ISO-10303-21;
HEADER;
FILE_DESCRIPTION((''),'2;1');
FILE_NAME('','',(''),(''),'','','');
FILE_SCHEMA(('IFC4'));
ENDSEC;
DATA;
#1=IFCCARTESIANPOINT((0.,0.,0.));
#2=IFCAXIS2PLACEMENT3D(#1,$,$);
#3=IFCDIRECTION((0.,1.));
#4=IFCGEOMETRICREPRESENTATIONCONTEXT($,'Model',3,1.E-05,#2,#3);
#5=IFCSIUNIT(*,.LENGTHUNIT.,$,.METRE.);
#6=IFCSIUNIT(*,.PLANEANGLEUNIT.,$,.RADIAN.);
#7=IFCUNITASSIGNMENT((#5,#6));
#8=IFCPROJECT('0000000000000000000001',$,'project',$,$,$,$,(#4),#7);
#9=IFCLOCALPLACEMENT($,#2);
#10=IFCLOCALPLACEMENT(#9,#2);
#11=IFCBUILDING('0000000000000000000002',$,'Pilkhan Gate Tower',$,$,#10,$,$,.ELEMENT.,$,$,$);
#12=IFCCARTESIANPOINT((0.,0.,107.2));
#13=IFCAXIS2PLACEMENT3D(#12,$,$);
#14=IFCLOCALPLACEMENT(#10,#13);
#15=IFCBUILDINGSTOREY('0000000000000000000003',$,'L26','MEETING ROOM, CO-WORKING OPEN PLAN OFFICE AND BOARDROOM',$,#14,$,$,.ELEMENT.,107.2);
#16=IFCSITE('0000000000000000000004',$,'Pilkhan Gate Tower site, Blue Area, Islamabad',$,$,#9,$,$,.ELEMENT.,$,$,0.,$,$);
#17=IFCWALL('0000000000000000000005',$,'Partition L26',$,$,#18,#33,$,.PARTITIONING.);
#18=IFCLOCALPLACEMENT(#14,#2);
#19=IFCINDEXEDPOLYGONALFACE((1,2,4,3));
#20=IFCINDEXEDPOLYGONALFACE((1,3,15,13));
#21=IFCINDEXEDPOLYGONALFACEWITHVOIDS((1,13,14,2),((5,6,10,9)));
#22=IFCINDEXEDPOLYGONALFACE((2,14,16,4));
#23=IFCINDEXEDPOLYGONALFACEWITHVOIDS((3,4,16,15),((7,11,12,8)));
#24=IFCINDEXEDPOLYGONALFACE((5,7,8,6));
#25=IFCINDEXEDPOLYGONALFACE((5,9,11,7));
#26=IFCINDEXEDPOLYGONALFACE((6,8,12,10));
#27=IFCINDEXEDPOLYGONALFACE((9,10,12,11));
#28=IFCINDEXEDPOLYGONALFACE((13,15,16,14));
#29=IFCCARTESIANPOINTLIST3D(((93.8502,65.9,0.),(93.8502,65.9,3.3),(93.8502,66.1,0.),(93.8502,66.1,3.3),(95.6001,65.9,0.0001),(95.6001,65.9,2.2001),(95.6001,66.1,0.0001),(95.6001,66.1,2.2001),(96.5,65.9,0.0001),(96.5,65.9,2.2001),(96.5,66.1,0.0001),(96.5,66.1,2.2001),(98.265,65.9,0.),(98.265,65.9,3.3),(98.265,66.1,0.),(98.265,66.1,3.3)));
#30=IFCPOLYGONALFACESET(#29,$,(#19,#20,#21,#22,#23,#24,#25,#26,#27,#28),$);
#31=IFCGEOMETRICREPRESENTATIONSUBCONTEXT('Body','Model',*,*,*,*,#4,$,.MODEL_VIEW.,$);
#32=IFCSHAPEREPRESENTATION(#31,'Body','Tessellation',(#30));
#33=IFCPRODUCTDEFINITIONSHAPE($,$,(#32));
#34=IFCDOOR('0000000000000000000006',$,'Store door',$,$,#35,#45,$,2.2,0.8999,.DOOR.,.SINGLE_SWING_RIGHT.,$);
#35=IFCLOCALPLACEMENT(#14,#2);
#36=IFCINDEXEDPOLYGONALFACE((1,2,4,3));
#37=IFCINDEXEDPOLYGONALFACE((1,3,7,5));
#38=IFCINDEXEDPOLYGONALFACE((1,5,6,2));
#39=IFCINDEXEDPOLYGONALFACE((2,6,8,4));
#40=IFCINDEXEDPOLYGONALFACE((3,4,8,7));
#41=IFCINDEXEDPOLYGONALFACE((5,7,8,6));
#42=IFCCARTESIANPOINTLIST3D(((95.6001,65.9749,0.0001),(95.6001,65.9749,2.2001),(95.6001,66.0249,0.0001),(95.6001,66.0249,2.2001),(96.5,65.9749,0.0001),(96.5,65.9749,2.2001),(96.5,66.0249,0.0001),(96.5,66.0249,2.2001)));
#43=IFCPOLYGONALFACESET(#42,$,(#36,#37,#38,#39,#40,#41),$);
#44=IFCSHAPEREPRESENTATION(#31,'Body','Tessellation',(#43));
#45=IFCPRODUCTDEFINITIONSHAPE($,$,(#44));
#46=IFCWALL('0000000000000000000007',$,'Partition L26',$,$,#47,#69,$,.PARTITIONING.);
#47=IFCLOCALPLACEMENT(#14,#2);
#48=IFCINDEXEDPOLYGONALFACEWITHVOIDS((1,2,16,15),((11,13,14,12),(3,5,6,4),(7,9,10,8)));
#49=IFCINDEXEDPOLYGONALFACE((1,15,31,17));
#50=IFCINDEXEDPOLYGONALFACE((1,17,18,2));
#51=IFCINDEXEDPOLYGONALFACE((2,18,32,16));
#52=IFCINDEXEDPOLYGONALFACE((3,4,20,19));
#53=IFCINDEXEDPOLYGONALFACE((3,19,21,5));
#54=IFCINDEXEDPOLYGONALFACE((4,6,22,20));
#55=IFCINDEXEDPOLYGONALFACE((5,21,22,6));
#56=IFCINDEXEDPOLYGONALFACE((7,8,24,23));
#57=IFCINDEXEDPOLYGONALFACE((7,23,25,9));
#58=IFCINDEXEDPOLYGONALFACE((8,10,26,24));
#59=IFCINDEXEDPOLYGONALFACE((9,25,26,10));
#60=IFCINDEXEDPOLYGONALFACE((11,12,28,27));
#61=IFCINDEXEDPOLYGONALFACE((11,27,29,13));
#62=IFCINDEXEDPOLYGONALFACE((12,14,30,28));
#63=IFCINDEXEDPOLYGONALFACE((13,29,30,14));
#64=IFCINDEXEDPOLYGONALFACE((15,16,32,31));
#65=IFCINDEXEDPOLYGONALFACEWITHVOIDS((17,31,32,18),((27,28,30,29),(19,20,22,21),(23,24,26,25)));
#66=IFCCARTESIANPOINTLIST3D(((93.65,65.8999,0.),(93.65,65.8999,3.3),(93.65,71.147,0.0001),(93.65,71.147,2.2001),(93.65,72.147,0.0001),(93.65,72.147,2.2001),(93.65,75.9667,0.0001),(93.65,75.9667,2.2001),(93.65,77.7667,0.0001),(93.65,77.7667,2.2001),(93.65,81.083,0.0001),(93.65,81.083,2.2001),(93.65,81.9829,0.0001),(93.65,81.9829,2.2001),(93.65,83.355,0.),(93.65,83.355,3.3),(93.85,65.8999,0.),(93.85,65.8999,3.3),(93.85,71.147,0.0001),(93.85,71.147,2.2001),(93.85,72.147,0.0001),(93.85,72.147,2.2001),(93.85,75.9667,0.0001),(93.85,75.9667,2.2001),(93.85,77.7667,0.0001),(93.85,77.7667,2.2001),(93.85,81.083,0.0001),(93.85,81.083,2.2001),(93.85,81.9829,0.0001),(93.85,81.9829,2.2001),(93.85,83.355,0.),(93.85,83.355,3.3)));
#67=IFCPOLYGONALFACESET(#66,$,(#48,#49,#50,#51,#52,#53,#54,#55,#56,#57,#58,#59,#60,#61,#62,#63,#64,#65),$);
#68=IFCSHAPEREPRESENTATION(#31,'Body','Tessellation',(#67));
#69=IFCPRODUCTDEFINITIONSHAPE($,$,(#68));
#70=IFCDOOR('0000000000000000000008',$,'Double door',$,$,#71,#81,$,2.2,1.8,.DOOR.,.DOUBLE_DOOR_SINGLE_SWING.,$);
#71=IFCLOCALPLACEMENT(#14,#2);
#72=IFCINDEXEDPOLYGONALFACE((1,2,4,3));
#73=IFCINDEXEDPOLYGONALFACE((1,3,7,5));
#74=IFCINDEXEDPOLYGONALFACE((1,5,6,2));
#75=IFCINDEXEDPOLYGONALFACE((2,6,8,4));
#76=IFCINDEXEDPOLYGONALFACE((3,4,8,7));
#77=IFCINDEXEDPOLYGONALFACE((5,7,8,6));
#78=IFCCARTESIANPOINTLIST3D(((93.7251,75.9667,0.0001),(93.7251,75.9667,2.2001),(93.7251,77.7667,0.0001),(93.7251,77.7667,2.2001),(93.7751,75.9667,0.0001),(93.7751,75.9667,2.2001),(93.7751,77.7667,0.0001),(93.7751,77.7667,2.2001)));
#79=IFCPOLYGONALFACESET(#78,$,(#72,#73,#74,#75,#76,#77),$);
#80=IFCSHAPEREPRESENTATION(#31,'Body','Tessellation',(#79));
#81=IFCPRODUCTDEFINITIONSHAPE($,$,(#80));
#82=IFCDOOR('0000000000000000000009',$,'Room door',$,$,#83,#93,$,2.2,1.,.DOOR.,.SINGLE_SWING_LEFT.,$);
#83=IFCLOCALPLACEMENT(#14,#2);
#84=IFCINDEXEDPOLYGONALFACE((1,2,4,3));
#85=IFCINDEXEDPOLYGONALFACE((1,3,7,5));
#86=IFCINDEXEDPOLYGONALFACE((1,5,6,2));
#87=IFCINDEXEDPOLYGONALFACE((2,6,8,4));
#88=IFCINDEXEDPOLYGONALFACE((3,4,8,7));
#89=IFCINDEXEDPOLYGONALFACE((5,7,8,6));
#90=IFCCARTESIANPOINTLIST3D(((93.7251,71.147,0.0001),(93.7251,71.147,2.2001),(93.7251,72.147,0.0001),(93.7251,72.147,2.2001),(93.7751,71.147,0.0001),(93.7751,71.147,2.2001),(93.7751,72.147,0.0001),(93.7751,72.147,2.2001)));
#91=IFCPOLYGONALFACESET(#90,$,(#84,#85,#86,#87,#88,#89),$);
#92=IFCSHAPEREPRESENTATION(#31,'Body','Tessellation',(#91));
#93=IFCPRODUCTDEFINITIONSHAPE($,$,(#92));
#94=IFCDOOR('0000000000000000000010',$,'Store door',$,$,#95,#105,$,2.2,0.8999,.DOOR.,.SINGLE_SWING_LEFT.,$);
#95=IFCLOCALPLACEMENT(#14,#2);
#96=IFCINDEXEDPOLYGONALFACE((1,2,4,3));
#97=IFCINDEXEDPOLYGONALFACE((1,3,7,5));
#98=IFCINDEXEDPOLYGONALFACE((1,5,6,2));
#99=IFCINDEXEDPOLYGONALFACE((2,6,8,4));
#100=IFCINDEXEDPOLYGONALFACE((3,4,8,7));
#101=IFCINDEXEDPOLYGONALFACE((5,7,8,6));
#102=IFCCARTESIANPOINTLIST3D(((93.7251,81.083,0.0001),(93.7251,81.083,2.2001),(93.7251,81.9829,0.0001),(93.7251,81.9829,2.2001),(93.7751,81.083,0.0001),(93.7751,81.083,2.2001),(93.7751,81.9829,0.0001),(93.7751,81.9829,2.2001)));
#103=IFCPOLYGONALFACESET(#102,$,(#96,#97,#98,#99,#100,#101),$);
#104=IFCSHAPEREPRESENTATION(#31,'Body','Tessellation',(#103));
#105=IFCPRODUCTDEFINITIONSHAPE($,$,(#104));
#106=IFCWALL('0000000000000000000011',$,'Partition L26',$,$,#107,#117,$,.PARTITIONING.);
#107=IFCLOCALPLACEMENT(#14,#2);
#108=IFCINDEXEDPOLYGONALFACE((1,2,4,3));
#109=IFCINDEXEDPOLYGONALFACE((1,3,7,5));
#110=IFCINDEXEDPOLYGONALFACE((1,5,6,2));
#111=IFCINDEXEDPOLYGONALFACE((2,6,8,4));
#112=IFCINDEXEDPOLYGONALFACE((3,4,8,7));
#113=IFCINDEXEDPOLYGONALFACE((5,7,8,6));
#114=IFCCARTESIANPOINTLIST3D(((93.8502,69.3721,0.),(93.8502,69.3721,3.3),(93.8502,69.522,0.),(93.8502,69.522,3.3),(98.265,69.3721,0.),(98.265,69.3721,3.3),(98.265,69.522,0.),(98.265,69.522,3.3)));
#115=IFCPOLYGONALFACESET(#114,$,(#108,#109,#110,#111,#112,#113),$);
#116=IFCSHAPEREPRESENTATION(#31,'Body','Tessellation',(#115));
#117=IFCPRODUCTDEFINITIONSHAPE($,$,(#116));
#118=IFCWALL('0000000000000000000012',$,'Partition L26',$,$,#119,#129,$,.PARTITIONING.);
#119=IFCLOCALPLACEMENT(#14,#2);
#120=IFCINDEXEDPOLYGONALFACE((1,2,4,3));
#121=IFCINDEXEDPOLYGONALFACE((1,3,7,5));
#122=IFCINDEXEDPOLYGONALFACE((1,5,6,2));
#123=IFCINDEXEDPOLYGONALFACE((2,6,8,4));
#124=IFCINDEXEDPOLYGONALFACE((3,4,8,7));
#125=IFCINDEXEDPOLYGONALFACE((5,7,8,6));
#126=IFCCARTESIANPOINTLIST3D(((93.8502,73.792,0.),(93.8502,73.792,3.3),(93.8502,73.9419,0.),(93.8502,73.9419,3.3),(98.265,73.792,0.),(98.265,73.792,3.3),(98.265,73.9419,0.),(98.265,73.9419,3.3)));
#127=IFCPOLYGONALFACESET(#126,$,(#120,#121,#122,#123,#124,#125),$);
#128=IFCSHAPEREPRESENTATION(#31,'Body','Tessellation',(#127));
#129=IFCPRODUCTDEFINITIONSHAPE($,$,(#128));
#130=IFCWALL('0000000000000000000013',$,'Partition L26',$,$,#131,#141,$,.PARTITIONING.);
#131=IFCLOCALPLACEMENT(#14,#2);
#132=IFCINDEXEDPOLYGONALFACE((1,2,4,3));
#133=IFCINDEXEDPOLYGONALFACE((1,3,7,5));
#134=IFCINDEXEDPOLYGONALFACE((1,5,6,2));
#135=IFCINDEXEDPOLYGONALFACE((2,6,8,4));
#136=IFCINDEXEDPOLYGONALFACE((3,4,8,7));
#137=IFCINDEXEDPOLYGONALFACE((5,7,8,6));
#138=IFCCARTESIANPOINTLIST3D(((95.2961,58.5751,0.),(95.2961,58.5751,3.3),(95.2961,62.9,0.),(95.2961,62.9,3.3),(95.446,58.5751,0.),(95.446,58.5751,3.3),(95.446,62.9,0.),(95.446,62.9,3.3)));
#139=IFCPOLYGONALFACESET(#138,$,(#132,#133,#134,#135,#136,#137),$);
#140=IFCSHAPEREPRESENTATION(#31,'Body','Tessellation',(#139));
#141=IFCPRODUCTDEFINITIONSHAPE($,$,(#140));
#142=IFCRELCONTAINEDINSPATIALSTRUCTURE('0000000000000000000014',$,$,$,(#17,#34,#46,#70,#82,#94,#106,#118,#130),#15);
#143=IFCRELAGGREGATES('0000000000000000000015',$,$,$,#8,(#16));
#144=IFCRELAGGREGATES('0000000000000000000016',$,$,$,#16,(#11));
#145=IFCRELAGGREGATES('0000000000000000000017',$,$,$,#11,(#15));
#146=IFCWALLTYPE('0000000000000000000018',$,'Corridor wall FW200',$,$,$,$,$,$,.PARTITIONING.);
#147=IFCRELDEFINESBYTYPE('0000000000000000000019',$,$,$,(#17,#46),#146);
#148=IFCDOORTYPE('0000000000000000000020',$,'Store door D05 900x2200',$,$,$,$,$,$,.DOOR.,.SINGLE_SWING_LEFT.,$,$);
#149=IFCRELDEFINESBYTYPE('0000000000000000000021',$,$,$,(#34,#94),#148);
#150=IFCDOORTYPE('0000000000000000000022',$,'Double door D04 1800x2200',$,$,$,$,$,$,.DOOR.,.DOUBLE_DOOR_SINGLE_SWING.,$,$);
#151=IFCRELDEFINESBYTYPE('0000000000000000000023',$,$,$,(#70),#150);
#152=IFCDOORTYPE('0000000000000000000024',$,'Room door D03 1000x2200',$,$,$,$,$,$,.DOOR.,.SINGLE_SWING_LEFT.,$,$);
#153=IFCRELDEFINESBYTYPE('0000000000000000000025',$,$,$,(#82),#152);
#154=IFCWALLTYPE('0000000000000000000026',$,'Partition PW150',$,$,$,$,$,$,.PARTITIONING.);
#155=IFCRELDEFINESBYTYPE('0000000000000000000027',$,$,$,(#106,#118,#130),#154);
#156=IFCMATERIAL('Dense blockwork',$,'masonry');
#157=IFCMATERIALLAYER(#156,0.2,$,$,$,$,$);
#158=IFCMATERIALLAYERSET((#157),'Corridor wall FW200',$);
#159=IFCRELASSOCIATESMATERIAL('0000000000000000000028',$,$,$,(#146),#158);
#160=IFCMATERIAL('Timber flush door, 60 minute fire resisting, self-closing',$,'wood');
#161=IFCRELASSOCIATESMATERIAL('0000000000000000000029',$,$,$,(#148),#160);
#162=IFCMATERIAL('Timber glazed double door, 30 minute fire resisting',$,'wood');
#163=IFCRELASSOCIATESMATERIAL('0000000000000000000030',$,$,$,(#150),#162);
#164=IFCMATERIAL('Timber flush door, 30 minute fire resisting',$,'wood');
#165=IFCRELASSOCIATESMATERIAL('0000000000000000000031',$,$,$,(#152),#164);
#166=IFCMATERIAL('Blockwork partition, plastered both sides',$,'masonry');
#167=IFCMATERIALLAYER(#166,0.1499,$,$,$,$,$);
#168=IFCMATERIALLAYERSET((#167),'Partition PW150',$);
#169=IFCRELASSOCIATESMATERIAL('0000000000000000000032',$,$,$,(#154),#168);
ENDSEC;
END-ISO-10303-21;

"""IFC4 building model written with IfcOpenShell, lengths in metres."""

from ifc_helpers import new_model, si_unit, direction, frame, frame_2d, origin, place, context, subcontext, project, spatial, rectangle, extrude, material, layer, layer_set, type_object, element, fill, save


model = new_model("IFC4")

# Units and contexts
model_context = context("Model", 3, precision=1e-05, world=origin(), true_north=direction((0.0, 1.0)))
body_context = subcontext(model_context, "Body", "Model", "MODEL_VIEW")
ifc_project = project(units=[si_unit("LENGTHUNIT", "METRE"), si_unit("PLANEANGLEUNIT", "RADIAN")], contexts=[model_context])

# Site, building, storey
site_placement = place(None, origin())
site = spatial("IfcSite", under=ifc_project, at=site_placement, Name="Pilkhan Gate Tower site, Blue Area, Islamabad", CompositionType="ELEMENT", RefElevation=0.0)
building_placement = place(site_placement, origin())
building = spatial("IfcBuilding", under=site, at=building_placement, Name="Pilkhan Gate Tower", CompositionType="ELEMENT")
storey_placement = place(building_placement, frame((0.0, 0.0, 107.2)))
storey = spatial("IfcBuildingStorey", under=building, at=storey_placement, Name="L26", Description="MEETING ROOM, CO-WORKING OPEN PLAN OFFICE AND BOARDROOM", CompositionType="ELEMENT", Elevation=107.2)

# Wall, opening, door
ifc_material_1 = material(Name="Dense blockwork", Category="masonry")
ifc_layer_1 = layer(ifc_material_1, 0.2)
ifc_layer_set_1 = layer_set([ifc_layer_1], Name="Corridor wall FW200")
wall_type_1 = type_object("IfcWallType", Name="Corridor wall FW200", PredefinedType="PARTITIONING", material=ifc_layer_set_1)
wall_1_placement = place(storey_placement, frame((93.8501, 66.0, 0.0), z_axis=(0.0, 0.0, 1.0), x_axis=(1.0, 0.0, 0.0)))
wall_1 = element("IfcWall", 1, at=wall_1_placement, inside=storey, type_object=wall_type_1, Name="Partition L26", PredefinedType="PARTITIONING", context=body_context, shape_type="SweptSolid", body=[
    extrude(rectangle(XDim=4.4148, YDim=0.2, at=frame_2d((2.2075, 0.0))), origin(), (0.0, 0.0, 1.0), 3.3),
])
opening_1_placement = place(wall_1_placement, frame((1.75, 0.0, 0.0)))
opening_1 = element("IfcOpeningElement", 2, at=opening_1_placement, cuts=wall_1, PredefinedType="OPENING", context=body_context, shape_type="SweptSolid", body=[
    extrude(rectangle(XDim=0.8999, YDim=2.2, at=frame_2d((0.45, 1.1001))), frame((0.0, 0.1099, 0.0), z_axis=(0.0, -1.0, 0.0), x_axis=(1.0, 0.0, 0.0)), (0.0, 0.0, 1.0), 0.22),
])
ifc_material_2 = material(Name="Timber flush door, 60 minute fire resisting, self-closing", Category="wood")
door_type_1 = type_object("IfcDoorType", Name="Store door D05 900x2200", OperationType="SINGLE_SWING_LEFT", PredefinedType="DOOR", material=ifc_material_2)
door_1_placement = place(opening_1_placement, origin())
door_1 = element("IfcDoor", 3, at=door_1_placement, inside=storey, type_object=door_type_1, Name="Store door", OperationType="SINGLE_SWING_RIGHT", OverallHeight=2.2, OverallWidth=0.8999, PredefinedType="DOOR", context=body_context, shape_type="SweptSolid", body=[
    extrude(rectangle(XDim=0.8999, YDim=2.2, at=frame_2d((0.45, 1.1001))), frame((0.0, 0.0249, 0.0), z_axis=(0.0, -1.0, 0.0), x_axis=(1.0, 0.0, 0.0)), (0.0, 0.0, 1.0), 0.05),
])
fill(opening_1, door_1)

# Wall, openings, doors
wall_2_placement = place(storey_placement, frame((93.75, 65.8999, 0.0), z_axis=(0.0, 0.0, 1.0), x_axis=(0.0, 1.0, 0.0)))
wall_2 = element("IfcWall", 4, at=wall_2_placement, inside=storey, type_object=wall_type_1, Name="Partition L26", PredefinedType="PARTITIONING", context=body_context, shape_type="SweptSolid", body=[
    extrude(rectangle(XDim=17.4551, YDim=0.2, at=frame_2d((8.7275, 0.0))), origin(), (0.0, 0.0, 1.0), 3.3),
])
opening_2_placement = place(wall_2_placement, frame((5.2471, 0.0, 0.0)))
opening_2 = element("IfcOpeningElement", 5, at=opening_2_placement, cuts=wall_2, PredefinedType="OPENING", context=body_context, shape_type="SweptSolid", body=[
    extrude(rectangle(XDim=1.0, YDim=2.2, at=frame_2d((0.5, 1.1001))), frame((0.0, 0.1099, 0.0), z_axis=(0.0, -1.0, 0.0), x_axis=(1.0, 0.0, 0.0)), (0.0, 0.0, 1.0), 0.22),
])
opening_3_placement = place(wall_2_placement, frame((10.0669, 0.0, 0.0)))
opening_3 = element("IfcOpeningElement", 6, at=opening_3_placement, cuts=wall_2, PredefinedType="OPENING", context=body_context, shape_type="SweptSolid", body=[
    extrude(rectangle(XDim=1.8, YDim=2.2, at=frame_2d((0.8999, 1.1001))), frame((0.0, 0.1099, 0.0), z_axis=(0.0, -1.0, 0.0), x_axis=(1.0, 0.0, 0.0)), (0.0, 0.0, 1.0), 0.22),
])
opening_4_placement = place(wall_2_placement, frame((15.1831, 0.0, 0.0)))
opening_4 = element("IfcOpeningElement", 7, at=opening_4_placement, cuts=wall_2, PredefinedType="OPENING", context=body_context, shape_type="SweptSolid", body=[
    extrude(rectangle(XDim=0.8999, YDim=2.2, at=frame_2d((0.45, 1.1001))), frame((0.0, 0.1099, 0.0), z_axis=(0.0, -1.0, 0.0), x_axis=(1.0, 0.0, 0.0)), (0.0, 0.0, 1.0), 0.22),
])
ifc_material_3 = material(Name="Timber glazed double door, 30 minute fire resisting", Category="wood")
door_type_2 = type_object("IfcDoorType", Name="Double door D04 1800x2200", OperationType="DOUBLE_DOOR_SINGLE_SWING", PredefinedType="DOOR", material=ifc_material_3)
door_2_placement = place(opening_3_placement, origin())
door_2 = element("IfcDoor", 8, at=door_2_placement, inside=storey, type_object=door_type_2, Name="Double door", OperationType="DOUBLE_DOOR_SINGLE_SWING", OverallHeight=2.2, OverallWidth=1.8, PredefinedType="DOOR", context=body_context, shape_type="SweptSolid", body=[
    extrude(rectangle(XDim=1.8, YDim=2.2, at=frame_2d((0.8999, 1.1001))), frame((0.0, 0.0249, 0.0), z_axis=(0.0, -1.0, 0.0), x_axis=(1.0, 0.0, 0.0)), (0.0, 0.0, 1.0), 0.05),
])
fill(opening_3, door_2)
ifc_material_4 = material(Name="Timber flush door, 30 minute fire resisting", Category="wood")
door_type_3 = type_object("IfcDoorType", Name="Room door D03 1000x2200", OperationType="SINGLE_SWING_LEFT", PredefinedType="DOOR", material=ifc_material_4)
door_3_placement = place(opening_2_placement, origin())
door_3 = element("IfcDoor", 9, at=door_3_placement, inside=storey, type_object=door_type_3, Name="Room door", OperationType="SINGLE_SWING_LEFT", OverallHeight=2.2, OverallWidth=1.0, PredefinedType="DOOR", context=body_context, shape_type="SweptSolid", body=[
    extrude(rectangle(XDim=1.0, YDim=2.2, at=frame_2d((0.5, 1.1001))), frame((0.0, 0.0249, 0.0), z_axis=(0.0, -1.0, 0.0), x_axis=(1.0, 0.0, 0.0)), (0.0, 0.0, 1.0), 0.05),
])
fill(opening_2, door_3)
door_4_placement = place(opening_4_placement, origin())
door_4 = element("IfcDoor", 10, at=door_4_placement, inside=storey, type_object=door_type_1, Name="Store door", OperationType="SINGLE_SWING_LEFT", OverallHeight=2.2, OverallWidth=0.8999, PredefinedType="DOOR", context=body_context, shape_type="SweptSolid", body=[
    extrude(rectangle(XDim=0.8999, YDim=2.2, at=frame_2d((0.45, 1.1001))), frame((0.0, 0.0249, 0.0), z_axis=(0.0, -1.0, 0.0), x_axis=(1.0, 0.0, 0.0)), (0.0, 0.0, 1.0), 0.05),
])
fill(opening_4, door_4)

# Walls
ifc_material_5 = material(Name="Blockwork partition, plastered both sides", Category="masonry")
ifc_layer_2 = layer(ifc_material_5, 0.1499)
ifc_layer_set_2 = layer_set([ifc_layer_2], Name="Partition PW150")
wall_type_2 = type_object("IfcWallType", Name="Partition PW150", PredefinedType="PARTITIONING", material=ifc_layer_set_2)
for number, where, z_axis, x_axis, name in (
    (11, (93.8501, 69.447, 0.0), (0.0, 0.0, 1.0), (1.0, 0.0, 0.0), "Partition L26"),
    (12, (93.8501, 73.8669, 0.0), (0.0, 0.0, 1.0), (1.0, 0.0, 0.0), "Partition L26"),
):
    element("IfcWall", number, at=place(storey_placement, frame(where, z_axis=z_axis, x_axis=x_axis)), inside=storey, type_object=wall_type_2, Name=name, PredefinedType="PARTITIONING", context=body_context, shape_type="SweptSolid", body=[
        extrude(rectangle(XDim=4.4148, YDim=0.1499, at=frame_2d((2.2075, 0.0))), origin(), (0.0, 0.0, 1.0), 3.3),
    ])
wall_3_placement = place(storey_placement, frame((95.3711, 58.575, 0.0), z_axis=(0.0, 0.0, 1.0), x_axis=(0.0, 1.0, 0.0)))
element("IfcWall", 13, at=wall_3_placement, inside=storey, type_object=wall_type_2, Name="Partition L26", PredefinedType="PARTITIONING", context=body_context, shape_type="SweptSolid", body=[
    extrude(rectangle(XDim=4.325, YDim=0.1499, at=frame_2d((2.1626, 0.0))), origin(), (0.0, 0.0, 1.0), 3.3),
])

save(model, "model.ifc")
